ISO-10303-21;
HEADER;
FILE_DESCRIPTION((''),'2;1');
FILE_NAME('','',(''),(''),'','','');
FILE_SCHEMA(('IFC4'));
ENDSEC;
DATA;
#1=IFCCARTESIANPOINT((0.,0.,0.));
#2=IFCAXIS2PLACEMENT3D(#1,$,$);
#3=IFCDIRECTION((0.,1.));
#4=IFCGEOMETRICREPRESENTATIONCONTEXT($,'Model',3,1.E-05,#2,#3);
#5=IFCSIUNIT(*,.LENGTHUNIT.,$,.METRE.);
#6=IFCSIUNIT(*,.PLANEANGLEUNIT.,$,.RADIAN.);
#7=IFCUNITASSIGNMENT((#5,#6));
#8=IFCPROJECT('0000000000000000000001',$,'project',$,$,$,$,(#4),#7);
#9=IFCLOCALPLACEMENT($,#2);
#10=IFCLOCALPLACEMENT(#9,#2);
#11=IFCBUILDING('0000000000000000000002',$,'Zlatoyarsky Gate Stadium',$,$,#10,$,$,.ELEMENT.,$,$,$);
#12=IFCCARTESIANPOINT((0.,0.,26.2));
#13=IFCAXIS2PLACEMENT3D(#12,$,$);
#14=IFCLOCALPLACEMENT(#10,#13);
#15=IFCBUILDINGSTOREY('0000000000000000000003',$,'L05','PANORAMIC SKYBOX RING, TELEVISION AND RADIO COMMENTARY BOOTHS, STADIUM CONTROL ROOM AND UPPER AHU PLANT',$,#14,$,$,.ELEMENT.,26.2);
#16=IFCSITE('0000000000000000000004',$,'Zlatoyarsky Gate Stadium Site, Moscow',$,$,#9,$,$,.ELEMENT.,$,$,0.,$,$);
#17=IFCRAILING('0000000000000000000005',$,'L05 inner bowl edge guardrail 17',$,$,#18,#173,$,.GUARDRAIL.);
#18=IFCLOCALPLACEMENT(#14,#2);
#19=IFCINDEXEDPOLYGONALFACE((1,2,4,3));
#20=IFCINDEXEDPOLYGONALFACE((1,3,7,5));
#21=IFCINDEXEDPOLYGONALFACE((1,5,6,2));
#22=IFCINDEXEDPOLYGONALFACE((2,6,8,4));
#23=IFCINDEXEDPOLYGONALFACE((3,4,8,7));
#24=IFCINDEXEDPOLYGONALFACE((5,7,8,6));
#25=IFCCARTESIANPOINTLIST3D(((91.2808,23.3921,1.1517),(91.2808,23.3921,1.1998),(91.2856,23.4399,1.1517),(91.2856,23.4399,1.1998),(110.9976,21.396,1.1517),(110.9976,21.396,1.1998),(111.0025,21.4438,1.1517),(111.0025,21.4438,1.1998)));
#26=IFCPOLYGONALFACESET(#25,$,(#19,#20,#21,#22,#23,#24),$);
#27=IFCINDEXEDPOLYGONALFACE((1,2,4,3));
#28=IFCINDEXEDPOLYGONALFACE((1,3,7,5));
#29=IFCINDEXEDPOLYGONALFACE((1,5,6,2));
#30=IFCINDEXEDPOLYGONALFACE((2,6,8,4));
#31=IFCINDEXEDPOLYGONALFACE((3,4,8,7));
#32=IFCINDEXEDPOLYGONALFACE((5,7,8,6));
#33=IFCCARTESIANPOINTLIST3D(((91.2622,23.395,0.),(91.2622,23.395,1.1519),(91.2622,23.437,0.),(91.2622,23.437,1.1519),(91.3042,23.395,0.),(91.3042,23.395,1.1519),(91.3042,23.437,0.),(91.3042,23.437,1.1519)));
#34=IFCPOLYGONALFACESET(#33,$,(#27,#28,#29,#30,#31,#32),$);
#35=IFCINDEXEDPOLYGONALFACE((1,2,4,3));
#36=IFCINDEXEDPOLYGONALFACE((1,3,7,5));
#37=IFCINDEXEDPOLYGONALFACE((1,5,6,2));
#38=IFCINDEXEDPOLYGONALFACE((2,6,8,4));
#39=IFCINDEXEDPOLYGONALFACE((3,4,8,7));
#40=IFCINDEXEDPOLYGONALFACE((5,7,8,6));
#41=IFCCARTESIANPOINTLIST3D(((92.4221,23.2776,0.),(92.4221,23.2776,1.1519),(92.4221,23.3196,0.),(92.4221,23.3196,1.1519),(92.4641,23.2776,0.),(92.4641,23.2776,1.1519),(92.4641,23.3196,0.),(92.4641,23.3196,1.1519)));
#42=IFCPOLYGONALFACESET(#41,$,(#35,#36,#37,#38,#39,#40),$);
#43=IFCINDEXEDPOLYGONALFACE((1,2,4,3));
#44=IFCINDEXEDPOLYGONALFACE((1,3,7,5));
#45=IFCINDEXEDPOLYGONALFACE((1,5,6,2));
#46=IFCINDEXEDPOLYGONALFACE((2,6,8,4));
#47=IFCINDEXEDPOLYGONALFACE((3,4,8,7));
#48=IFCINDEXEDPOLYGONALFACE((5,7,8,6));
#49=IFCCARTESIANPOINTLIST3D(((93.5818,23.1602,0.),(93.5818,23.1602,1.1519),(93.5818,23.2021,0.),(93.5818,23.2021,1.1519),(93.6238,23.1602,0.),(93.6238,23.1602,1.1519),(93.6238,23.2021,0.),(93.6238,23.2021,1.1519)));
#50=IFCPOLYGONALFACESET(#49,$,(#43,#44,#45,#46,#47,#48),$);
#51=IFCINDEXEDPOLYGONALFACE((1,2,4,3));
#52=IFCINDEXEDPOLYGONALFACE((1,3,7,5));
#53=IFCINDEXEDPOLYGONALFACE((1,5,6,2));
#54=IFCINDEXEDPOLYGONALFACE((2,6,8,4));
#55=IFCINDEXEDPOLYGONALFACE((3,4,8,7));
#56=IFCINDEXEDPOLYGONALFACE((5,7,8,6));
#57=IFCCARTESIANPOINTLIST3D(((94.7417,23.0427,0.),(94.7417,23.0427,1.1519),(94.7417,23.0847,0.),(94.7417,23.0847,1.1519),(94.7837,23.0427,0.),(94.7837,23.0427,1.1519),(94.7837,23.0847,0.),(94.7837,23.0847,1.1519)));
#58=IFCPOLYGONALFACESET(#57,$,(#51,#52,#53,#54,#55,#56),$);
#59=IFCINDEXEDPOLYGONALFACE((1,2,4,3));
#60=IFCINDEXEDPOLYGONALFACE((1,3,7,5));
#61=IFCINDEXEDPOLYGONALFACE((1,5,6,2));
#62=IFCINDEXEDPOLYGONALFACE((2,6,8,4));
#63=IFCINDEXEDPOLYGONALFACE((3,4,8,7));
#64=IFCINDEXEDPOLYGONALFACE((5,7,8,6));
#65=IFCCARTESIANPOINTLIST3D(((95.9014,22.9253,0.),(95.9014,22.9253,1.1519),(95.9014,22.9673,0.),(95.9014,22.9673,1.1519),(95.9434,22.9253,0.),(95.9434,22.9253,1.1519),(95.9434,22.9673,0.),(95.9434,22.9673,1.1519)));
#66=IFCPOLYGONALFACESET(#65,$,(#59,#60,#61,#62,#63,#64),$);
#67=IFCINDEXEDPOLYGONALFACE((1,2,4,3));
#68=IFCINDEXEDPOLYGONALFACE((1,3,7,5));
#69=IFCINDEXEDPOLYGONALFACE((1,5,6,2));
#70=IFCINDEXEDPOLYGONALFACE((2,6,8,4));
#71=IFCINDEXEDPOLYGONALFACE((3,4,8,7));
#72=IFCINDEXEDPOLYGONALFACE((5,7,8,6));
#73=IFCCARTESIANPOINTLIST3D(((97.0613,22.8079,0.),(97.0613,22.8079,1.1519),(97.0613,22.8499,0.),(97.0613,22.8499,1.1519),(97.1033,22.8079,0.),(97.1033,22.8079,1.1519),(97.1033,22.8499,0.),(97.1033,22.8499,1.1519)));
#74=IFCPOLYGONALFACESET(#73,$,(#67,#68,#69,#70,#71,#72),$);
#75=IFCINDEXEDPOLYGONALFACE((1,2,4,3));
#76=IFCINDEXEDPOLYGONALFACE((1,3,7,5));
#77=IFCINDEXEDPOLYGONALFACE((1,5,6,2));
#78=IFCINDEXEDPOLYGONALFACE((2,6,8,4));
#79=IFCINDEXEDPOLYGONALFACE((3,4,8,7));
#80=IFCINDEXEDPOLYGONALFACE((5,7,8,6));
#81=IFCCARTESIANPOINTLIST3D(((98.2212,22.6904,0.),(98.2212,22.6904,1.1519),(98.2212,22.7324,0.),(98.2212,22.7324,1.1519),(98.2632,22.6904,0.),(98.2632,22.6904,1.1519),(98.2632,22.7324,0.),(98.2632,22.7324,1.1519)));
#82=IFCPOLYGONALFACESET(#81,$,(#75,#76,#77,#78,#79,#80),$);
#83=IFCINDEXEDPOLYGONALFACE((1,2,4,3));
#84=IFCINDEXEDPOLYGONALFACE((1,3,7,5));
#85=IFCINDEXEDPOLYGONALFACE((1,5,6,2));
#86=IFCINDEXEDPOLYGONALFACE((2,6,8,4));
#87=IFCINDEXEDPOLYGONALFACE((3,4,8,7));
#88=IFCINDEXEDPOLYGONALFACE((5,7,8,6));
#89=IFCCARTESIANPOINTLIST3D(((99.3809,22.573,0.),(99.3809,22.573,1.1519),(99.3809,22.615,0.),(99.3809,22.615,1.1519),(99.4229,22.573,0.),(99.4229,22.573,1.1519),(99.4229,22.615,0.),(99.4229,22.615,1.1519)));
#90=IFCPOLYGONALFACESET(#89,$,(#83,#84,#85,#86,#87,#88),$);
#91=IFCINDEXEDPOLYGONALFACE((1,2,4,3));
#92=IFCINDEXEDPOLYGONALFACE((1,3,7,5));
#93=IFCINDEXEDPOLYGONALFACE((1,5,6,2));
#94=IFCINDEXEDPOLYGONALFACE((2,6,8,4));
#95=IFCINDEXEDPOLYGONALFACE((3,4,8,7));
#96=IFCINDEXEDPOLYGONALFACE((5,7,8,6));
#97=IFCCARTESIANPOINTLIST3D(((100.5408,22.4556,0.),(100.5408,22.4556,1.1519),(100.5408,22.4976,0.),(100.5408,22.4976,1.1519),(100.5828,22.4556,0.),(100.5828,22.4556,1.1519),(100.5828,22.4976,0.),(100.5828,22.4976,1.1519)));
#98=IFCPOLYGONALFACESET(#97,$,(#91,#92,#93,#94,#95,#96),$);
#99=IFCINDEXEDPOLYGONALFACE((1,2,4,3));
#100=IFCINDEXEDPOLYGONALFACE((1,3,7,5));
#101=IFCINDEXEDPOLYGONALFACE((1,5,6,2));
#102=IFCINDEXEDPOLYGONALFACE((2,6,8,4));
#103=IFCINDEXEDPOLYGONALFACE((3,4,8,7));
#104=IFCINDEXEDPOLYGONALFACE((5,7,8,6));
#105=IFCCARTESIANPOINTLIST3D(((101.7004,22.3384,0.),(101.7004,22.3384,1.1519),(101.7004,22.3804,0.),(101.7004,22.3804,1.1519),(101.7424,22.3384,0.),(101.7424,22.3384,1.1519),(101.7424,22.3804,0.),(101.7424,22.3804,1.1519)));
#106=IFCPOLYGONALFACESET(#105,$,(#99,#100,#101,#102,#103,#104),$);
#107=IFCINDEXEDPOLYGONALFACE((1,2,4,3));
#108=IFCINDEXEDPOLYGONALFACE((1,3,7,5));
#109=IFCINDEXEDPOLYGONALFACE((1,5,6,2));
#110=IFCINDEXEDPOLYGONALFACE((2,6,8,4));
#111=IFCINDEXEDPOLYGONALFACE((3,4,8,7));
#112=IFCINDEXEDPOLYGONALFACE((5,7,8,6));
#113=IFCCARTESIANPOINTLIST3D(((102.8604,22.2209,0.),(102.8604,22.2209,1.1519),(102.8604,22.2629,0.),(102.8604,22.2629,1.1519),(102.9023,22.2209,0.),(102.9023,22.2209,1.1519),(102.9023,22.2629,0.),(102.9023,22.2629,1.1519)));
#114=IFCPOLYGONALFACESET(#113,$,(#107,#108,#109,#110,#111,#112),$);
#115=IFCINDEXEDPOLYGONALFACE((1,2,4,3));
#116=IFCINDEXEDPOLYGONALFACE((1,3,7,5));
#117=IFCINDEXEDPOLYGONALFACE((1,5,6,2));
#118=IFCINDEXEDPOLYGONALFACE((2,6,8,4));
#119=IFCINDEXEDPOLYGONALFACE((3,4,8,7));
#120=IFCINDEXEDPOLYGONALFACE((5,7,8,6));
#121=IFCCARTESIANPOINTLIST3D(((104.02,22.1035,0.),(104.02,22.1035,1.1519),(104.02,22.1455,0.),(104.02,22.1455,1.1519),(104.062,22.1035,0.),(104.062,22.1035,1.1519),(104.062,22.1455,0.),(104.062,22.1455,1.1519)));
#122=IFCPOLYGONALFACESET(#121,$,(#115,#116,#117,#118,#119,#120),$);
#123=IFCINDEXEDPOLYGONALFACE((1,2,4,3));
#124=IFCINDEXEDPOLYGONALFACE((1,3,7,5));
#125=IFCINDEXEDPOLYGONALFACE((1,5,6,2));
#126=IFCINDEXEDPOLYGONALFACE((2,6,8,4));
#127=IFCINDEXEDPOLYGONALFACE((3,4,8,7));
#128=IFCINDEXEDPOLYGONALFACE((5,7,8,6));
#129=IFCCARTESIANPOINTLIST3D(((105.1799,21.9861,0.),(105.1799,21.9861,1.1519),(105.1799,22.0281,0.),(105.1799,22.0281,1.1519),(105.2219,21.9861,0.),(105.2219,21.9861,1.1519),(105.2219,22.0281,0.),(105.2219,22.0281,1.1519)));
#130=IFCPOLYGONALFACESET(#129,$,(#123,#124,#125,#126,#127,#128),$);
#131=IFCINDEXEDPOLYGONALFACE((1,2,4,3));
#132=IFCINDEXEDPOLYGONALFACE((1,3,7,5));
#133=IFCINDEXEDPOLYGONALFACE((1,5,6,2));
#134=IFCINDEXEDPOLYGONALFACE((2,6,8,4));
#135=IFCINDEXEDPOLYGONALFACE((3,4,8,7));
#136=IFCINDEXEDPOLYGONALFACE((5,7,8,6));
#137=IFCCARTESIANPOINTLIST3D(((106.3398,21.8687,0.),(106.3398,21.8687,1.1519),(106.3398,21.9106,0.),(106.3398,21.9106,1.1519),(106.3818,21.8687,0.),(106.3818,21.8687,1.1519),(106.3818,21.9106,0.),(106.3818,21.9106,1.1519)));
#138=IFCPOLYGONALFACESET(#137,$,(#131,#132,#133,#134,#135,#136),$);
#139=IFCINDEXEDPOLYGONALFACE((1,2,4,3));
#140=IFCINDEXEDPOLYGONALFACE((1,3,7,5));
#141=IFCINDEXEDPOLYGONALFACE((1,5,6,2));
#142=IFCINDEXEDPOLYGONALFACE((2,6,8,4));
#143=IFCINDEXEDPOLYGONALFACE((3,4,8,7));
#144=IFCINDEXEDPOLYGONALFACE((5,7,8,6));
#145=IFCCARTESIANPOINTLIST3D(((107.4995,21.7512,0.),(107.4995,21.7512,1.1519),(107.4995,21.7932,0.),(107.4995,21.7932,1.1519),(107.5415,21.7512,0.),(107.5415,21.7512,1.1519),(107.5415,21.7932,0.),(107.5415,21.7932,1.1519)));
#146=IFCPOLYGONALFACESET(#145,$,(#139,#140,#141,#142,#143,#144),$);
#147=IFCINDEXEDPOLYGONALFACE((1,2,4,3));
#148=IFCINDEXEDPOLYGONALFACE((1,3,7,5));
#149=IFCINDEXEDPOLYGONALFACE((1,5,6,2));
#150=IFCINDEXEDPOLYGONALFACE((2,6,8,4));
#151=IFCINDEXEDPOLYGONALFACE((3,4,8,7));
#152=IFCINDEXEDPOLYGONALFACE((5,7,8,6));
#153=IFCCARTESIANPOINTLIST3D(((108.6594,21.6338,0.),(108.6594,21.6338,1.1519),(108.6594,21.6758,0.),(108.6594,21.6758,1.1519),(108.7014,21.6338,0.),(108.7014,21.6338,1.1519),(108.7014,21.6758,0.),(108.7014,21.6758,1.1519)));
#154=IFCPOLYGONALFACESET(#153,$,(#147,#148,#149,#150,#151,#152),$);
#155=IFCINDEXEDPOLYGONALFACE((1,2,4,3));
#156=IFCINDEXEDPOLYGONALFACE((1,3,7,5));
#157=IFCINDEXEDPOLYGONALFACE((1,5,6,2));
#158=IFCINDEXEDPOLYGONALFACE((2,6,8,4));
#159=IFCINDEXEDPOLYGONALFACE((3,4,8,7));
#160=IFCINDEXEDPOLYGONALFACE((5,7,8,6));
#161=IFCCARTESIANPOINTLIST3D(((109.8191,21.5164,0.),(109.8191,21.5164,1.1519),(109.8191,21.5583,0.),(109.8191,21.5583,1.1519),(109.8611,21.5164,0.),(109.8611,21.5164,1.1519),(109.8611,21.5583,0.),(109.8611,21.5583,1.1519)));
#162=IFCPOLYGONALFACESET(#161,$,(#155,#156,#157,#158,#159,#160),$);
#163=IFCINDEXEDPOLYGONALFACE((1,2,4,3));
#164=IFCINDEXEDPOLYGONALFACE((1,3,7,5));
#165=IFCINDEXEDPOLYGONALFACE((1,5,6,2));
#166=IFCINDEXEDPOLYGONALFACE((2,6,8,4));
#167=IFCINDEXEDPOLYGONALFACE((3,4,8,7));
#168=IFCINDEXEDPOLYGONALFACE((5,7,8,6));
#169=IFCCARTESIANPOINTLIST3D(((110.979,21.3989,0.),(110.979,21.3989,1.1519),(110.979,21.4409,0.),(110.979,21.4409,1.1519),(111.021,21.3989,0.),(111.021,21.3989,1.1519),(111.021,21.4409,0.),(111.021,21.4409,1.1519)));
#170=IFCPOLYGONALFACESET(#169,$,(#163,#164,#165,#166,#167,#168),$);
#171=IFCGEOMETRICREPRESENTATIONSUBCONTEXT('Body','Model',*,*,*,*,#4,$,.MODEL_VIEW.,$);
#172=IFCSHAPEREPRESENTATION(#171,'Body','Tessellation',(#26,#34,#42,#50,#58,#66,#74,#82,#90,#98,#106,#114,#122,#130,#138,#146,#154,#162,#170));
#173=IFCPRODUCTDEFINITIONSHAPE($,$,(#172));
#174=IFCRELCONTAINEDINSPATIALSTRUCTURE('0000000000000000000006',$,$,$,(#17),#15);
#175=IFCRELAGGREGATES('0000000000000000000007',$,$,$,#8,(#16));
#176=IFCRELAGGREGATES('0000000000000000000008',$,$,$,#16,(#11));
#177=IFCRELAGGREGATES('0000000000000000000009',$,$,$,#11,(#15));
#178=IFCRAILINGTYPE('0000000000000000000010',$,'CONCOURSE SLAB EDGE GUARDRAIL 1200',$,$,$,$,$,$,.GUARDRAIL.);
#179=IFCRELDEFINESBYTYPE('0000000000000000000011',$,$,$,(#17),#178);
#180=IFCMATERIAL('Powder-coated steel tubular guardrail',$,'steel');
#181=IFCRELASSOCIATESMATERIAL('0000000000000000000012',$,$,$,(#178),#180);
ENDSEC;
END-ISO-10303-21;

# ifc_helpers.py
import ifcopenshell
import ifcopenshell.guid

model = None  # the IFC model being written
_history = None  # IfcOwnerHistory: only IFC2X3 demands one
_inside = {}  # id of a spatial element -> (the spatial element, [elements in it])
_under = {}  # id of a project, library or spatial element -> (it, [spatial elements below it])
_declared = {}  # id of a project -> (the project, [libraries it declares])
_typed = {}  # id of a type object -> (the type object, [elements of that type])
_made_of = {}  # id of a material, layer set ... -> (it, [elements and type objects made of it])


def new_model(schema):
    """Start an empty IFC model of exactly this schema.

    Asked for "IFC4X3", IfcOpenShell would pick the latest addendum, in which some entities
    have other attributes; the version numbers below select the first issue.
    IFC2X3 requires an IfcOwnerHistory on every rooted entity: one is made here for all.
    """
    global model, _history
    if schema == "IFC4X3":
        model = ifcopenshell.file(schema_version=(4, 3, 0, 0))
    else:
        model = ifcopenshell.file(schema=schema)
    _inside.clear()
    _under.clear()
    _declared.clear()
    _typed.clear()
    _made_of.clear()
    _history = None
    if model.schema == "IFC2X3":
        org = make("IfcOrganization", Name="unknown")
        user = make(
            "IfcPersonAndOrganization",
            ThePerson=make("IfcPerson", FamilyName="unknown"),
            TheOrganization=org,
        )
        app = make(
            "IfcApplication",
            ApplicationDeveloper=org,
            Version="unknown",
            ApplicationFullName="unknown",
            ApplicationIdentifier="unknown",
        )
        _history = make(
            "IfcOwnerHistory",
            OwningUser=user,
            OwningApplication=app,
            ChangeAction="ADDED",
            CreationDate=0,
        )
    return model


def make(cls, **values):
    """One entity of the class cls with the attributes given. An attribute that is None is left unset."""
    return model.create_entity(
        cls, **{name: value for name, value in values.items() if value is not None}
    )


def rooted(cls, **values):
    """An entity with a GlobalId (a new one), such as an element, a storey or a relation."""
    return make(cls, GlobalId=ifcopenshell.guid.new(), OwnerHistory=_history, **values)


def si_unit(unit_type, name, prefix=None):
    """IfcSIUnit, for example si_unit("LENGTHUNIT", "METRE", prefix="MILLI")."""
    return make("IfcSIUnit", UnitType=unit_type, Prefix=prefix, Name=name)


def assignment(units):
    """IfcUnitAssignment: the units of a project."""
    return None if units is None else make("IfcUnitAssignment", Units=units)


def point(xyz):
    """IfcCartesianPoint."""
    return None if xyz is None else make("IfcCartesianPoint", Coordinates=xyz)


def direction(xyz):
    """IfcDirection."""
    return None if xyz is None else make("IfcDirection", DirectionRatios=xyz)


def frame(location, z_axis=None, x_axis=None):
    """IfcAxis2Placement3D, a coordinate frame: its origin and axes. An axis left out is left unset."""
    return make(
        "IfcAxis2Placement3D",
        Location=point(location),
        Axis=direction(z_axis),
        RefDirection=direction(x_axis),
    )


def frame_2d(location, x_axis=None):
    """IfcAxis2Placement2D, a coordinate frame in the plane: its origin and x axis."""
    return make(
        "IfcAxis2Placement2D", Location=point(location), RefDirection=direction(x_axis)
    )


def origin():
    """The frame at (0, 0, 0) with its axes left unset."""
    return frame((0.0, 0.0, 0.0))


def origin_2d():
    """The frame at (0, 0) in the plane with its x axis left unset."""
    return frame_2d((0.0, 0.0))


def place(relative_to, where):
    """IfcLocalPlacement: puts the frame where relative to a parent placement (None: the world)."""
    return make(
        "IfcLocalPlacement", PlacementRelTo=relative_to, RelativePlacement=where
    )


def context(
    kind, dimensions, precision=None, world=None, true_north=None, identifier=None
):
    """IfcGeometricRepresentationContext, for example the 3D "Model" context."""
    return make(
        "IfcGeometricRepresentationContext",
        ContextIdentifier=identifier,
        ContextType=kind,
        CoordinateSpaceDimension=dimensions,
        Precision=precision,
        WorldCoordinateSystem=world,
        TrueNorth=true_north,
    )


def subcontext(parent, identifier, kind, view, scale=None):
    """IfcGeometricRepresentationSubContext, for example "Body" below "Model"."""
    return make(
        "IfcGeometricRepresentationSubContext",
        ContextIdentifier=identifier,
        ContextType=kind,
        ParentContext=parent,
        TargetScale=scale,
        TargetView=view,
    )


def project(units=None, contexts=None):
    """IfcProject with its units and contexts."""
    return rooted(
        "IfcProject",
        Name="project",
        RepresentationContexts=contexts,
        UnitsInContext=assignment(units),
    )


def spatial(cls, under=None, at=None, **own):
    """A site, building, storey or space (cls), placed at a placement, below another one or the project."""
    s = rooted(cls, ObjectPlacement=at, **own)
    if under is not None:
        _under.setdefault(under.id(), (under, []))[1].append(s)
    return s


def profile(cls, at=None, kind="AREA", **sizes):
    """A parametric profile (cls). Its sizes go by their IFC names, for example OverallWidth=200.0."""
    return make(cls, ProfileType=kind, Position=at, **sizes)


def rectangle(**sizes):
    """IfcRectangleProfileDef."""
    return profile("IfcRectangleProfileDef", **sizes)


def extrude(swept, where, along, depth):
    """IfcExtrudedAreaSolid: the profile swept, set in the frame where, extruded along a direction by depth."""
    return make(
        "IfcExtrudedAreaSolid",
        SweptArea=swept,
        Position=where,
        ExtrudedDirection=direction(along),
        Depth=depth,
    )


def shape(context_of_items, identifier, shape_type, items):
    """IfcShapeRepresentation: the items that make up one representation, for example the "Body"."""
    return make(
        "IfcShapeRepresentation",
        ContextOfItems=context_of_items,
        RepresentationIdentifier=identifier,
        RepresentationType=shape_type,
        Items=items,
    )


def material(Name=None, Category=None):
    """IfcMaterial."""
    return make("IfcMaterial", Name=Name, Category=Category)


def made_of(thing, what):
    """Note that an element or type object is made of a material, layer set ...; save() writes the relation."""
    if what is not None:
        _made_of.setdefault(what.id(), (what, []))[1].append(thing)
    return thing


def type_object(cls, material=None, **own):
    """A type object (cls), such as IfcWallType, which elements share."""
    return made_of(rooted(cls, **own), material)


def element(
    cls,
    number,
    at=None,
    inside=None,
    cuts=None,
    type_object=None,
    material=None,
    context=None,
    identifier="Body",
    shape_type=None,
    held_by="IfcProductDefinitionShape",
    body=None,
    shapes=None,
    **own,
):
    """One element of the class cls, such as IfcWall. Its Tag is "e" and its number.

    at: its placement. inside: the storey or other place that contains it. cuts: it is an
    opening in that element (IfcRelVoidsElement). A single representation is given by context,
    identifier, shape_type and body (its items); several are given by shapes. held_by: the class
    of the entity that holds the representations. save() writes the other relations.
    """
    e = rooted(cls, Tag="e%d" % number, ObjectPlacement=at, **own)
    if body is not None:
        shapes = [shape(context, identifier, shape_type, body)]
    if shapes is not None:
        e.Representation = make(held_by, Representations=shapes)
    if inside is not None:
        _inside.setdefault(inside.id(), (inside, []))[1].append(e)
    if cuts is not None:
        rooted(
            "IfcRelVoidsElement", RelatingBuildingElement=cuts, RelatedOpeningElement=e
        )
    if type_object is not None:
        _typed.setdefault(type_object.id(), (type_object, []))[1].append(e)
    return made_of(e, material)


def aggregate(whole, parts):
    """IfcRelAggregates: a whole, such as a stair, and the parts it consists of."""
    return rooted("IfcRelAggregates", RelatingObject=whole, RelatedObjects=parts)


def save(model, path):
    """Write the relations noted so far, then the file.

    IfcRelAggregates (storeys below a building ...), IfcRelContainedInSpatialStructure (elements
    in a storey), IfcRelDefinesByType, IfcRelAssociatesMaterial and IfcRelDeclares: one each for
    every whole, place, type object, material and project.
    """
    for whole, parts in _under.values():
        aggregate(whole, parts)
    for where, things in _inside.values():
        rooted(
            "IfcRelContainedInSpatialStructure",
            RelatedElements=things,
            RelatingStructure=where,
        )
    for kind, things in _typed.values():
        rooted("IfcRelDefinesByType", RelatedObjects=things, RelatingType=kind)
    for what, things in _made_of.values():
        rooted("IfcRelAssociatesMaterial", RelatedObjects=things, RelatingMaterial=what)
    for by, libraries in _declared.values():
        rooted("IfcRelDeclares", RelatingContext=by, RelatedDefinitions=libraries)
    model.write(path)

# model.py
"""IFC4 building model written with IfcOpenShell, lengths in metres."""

from ifc_helpers import new_model, si_unit, direction, frame, origin, origin_2d, place, context, subcontext, project, spatial, rectangle, extrude, material, type_object, element, save


model = new_model("IFC4")

# Units and contexts
model_context = context("Model", 3, precision=1e-05, world=origin(), true_north=direction((0.0, 1.0)))
body_context = subcontext(model_context, "Body", "Model", "MODEL_VIEW")
ifc_project = project(units=[si_unit("LENGTHUNIT", "METRE"), si_unit("PLANEANGLEUNIT", "RADIAN")], contexts=[model_context])

# Site, building, storey
site_placement = place(None, origin())
site = spatial("IfcSite", under=ifc_project, at=site_placement, Name="Zlatoyarsky Gate Stadium Site, Moscow", CompositionType="ELEMENT", RefElevation=0.0)
building_placement = place(site_placement, origin())
building = spatial("IfcBuilding", under=site, at=building_placement, Name="Zlatoyarsky Gate Stadium", CompositionType="ELEMENT")
storey_placement = place(building_placement, frame((0.0, 0.0, 26.2)))
storey = spatial("IfcBuildingStorey", under=building, at=storey_placement, Name="L05", Description="PANORAMIC SKYBOX RING, TELEVISION AND RADIO COMMENTARY BOOTHS, STADIUM CONTROL ROOM AND UPPER AHU PLANT", CompositionType="ELEMENT", Elevation=26.2)

# Railing
ifc_material_1 = material(Name="Powder-coated steel tubular guardrail", Category="steel")
railing_type = type_object("IfcRailingType", Name="CONCOURSE SLAB EDGE GUARDRAIL 1200", PredefinedType="GUARDRAIL", material=ifc_material_1)
railing_placement = place(storey_placement, frame((91.2832, 23.416, 0.0)))
element("IfcRailing", 1, at=railing_placement, inside=storey, type_object=railing_type, Name="L05 inner bowl edge guardrail 17", PredefinedType="GUARDRAIL", context=body_context, shape_type="SweptSolid", body=[
    extrude(rectangle(XDim=0.0481, YDim=0.0481, at=origin_2d()), frame((0.0, 0.0, 1.1758), z_axis=(0.994914, -0.100723, 0.0), x_axis=(0.100723, 0.994914, 0.0)), (0.0, 0.0, 1.0), 19.8176),
    extrude(rectangle(XDim=0.042, YDim=0.042, at=origin_2d()), origin(), (0.0, 0.0, 1.0), 1.1519),
    extrude(rectangle(XDim=0.042, YDim=0.042, at=origin_2d()), frame((1.1599, -0.1174, 0.0)), (0.0, 0.0, 1.0), 1.1519),
    extrude(rectangle(XDim=0.042, YDim=0.042, at=origin_2d()), frame((2.3196, -0.2349, 0.0)), (0.0, 0.0, 1.0), 1.1519),
    extrude(rectangle(XDim=0.042, YDim=0.042, at=origin_2d()), frame((3.4795, -0.3523, 0.0)), (0.0, 0.0, 1.0), 1.1519),
    extrude(rectangle(XDim=0.042, YDim=0.042, at=origin_2d()), frame((4.6392, -0.4697, 0.0)), (0.0, 0.0, 1.0), 1.1519),
    extrude(rectangle(XDim=0.042, YDim=0.042, at=origin_2d()), frame((5.7991, -0.5872, 0.0)), (0.0, 0.0, 1.0), 1.1519),
    extrude(rectangle(XDim=0.042, YDim=0.042, at=origin_2d()), frame((6.959, -0.7046, 0.0)), (0.0, 0.0, 1.0), 1.1519),
    extrude(rectangle(XDim=0.042, YDim=0.042, at=origin_2d()), frame((8.1187, -0.822, 0.0)), (0.0, 0.0, 1.0), 1.1519),
    extrude(rectangle(XDim=0.042, YDim=0.042, at=origin_2d()), frame((9.2786, -0.9395, 0.0)), (0.0, 0.0, 1.0), 1.1519),
    extrude(rectangle(XDim=0.042, YDim=0.042, at=origin_2d()), frame((10.4382, -1.0566, 0.0)), (0.0, 0.0, 1.0), 1.1519),
    extrude(rectangle(XDim=0.042, YDim=0.042, at=origin_2d()), frame((11.5981, -1.1741, 0.0)), (0.0, 0.0, 1.0), 1.1519),
    extrude(rectangle(XDim=0.042, YDim=0.042, at=origin_2d()), frame((12.7578, -1.2915, 0.0)), (0.0, 0.0, 1.0), 1.1519),
    extrude(rectangle(XDim=0.042, YDim=0.042, at=origin_2d()), frame((13.9177, -1.4089, 0.0)), (0.0, 0.0, 1.0), 1.1519),
    extrude(rectangle(XDim=0.042, YDim=0.042, at=origin_2d()), frame((15.0776, -1.5264, 0.0)), (0.0, 0.0, 1.0), 1.1519),
    extrude(rectangle(XDim=0.042, YDim=0.042, at=origin_2d()), frame((16.2373, -1.6438, 0.0)), (0.0, 0.0, 1.0), 1.1519),
    extrude(rectangle(XDim=0.042, YDim=0.042, at=origin_2d()), frame((17.3972, -1.7612, 0.0)), (0.0, 0.0, 1.0), 1.1519),
    extrude(rectangle(XDim=0.042, YDim=0.042, at=origin_2d()), frame((18.5569, -1.8787, 0.0)), (0.0, 0.0, 1.0), 1.1519),
    extrude(rectangle(XDim=0.042, YDim=0.042, at=origin_2d()), frame((19.7168, -1.9961, 0.0)), (0.0, 0.0, 1.0), 1.1519),
])

save(model, "model.ifc")
